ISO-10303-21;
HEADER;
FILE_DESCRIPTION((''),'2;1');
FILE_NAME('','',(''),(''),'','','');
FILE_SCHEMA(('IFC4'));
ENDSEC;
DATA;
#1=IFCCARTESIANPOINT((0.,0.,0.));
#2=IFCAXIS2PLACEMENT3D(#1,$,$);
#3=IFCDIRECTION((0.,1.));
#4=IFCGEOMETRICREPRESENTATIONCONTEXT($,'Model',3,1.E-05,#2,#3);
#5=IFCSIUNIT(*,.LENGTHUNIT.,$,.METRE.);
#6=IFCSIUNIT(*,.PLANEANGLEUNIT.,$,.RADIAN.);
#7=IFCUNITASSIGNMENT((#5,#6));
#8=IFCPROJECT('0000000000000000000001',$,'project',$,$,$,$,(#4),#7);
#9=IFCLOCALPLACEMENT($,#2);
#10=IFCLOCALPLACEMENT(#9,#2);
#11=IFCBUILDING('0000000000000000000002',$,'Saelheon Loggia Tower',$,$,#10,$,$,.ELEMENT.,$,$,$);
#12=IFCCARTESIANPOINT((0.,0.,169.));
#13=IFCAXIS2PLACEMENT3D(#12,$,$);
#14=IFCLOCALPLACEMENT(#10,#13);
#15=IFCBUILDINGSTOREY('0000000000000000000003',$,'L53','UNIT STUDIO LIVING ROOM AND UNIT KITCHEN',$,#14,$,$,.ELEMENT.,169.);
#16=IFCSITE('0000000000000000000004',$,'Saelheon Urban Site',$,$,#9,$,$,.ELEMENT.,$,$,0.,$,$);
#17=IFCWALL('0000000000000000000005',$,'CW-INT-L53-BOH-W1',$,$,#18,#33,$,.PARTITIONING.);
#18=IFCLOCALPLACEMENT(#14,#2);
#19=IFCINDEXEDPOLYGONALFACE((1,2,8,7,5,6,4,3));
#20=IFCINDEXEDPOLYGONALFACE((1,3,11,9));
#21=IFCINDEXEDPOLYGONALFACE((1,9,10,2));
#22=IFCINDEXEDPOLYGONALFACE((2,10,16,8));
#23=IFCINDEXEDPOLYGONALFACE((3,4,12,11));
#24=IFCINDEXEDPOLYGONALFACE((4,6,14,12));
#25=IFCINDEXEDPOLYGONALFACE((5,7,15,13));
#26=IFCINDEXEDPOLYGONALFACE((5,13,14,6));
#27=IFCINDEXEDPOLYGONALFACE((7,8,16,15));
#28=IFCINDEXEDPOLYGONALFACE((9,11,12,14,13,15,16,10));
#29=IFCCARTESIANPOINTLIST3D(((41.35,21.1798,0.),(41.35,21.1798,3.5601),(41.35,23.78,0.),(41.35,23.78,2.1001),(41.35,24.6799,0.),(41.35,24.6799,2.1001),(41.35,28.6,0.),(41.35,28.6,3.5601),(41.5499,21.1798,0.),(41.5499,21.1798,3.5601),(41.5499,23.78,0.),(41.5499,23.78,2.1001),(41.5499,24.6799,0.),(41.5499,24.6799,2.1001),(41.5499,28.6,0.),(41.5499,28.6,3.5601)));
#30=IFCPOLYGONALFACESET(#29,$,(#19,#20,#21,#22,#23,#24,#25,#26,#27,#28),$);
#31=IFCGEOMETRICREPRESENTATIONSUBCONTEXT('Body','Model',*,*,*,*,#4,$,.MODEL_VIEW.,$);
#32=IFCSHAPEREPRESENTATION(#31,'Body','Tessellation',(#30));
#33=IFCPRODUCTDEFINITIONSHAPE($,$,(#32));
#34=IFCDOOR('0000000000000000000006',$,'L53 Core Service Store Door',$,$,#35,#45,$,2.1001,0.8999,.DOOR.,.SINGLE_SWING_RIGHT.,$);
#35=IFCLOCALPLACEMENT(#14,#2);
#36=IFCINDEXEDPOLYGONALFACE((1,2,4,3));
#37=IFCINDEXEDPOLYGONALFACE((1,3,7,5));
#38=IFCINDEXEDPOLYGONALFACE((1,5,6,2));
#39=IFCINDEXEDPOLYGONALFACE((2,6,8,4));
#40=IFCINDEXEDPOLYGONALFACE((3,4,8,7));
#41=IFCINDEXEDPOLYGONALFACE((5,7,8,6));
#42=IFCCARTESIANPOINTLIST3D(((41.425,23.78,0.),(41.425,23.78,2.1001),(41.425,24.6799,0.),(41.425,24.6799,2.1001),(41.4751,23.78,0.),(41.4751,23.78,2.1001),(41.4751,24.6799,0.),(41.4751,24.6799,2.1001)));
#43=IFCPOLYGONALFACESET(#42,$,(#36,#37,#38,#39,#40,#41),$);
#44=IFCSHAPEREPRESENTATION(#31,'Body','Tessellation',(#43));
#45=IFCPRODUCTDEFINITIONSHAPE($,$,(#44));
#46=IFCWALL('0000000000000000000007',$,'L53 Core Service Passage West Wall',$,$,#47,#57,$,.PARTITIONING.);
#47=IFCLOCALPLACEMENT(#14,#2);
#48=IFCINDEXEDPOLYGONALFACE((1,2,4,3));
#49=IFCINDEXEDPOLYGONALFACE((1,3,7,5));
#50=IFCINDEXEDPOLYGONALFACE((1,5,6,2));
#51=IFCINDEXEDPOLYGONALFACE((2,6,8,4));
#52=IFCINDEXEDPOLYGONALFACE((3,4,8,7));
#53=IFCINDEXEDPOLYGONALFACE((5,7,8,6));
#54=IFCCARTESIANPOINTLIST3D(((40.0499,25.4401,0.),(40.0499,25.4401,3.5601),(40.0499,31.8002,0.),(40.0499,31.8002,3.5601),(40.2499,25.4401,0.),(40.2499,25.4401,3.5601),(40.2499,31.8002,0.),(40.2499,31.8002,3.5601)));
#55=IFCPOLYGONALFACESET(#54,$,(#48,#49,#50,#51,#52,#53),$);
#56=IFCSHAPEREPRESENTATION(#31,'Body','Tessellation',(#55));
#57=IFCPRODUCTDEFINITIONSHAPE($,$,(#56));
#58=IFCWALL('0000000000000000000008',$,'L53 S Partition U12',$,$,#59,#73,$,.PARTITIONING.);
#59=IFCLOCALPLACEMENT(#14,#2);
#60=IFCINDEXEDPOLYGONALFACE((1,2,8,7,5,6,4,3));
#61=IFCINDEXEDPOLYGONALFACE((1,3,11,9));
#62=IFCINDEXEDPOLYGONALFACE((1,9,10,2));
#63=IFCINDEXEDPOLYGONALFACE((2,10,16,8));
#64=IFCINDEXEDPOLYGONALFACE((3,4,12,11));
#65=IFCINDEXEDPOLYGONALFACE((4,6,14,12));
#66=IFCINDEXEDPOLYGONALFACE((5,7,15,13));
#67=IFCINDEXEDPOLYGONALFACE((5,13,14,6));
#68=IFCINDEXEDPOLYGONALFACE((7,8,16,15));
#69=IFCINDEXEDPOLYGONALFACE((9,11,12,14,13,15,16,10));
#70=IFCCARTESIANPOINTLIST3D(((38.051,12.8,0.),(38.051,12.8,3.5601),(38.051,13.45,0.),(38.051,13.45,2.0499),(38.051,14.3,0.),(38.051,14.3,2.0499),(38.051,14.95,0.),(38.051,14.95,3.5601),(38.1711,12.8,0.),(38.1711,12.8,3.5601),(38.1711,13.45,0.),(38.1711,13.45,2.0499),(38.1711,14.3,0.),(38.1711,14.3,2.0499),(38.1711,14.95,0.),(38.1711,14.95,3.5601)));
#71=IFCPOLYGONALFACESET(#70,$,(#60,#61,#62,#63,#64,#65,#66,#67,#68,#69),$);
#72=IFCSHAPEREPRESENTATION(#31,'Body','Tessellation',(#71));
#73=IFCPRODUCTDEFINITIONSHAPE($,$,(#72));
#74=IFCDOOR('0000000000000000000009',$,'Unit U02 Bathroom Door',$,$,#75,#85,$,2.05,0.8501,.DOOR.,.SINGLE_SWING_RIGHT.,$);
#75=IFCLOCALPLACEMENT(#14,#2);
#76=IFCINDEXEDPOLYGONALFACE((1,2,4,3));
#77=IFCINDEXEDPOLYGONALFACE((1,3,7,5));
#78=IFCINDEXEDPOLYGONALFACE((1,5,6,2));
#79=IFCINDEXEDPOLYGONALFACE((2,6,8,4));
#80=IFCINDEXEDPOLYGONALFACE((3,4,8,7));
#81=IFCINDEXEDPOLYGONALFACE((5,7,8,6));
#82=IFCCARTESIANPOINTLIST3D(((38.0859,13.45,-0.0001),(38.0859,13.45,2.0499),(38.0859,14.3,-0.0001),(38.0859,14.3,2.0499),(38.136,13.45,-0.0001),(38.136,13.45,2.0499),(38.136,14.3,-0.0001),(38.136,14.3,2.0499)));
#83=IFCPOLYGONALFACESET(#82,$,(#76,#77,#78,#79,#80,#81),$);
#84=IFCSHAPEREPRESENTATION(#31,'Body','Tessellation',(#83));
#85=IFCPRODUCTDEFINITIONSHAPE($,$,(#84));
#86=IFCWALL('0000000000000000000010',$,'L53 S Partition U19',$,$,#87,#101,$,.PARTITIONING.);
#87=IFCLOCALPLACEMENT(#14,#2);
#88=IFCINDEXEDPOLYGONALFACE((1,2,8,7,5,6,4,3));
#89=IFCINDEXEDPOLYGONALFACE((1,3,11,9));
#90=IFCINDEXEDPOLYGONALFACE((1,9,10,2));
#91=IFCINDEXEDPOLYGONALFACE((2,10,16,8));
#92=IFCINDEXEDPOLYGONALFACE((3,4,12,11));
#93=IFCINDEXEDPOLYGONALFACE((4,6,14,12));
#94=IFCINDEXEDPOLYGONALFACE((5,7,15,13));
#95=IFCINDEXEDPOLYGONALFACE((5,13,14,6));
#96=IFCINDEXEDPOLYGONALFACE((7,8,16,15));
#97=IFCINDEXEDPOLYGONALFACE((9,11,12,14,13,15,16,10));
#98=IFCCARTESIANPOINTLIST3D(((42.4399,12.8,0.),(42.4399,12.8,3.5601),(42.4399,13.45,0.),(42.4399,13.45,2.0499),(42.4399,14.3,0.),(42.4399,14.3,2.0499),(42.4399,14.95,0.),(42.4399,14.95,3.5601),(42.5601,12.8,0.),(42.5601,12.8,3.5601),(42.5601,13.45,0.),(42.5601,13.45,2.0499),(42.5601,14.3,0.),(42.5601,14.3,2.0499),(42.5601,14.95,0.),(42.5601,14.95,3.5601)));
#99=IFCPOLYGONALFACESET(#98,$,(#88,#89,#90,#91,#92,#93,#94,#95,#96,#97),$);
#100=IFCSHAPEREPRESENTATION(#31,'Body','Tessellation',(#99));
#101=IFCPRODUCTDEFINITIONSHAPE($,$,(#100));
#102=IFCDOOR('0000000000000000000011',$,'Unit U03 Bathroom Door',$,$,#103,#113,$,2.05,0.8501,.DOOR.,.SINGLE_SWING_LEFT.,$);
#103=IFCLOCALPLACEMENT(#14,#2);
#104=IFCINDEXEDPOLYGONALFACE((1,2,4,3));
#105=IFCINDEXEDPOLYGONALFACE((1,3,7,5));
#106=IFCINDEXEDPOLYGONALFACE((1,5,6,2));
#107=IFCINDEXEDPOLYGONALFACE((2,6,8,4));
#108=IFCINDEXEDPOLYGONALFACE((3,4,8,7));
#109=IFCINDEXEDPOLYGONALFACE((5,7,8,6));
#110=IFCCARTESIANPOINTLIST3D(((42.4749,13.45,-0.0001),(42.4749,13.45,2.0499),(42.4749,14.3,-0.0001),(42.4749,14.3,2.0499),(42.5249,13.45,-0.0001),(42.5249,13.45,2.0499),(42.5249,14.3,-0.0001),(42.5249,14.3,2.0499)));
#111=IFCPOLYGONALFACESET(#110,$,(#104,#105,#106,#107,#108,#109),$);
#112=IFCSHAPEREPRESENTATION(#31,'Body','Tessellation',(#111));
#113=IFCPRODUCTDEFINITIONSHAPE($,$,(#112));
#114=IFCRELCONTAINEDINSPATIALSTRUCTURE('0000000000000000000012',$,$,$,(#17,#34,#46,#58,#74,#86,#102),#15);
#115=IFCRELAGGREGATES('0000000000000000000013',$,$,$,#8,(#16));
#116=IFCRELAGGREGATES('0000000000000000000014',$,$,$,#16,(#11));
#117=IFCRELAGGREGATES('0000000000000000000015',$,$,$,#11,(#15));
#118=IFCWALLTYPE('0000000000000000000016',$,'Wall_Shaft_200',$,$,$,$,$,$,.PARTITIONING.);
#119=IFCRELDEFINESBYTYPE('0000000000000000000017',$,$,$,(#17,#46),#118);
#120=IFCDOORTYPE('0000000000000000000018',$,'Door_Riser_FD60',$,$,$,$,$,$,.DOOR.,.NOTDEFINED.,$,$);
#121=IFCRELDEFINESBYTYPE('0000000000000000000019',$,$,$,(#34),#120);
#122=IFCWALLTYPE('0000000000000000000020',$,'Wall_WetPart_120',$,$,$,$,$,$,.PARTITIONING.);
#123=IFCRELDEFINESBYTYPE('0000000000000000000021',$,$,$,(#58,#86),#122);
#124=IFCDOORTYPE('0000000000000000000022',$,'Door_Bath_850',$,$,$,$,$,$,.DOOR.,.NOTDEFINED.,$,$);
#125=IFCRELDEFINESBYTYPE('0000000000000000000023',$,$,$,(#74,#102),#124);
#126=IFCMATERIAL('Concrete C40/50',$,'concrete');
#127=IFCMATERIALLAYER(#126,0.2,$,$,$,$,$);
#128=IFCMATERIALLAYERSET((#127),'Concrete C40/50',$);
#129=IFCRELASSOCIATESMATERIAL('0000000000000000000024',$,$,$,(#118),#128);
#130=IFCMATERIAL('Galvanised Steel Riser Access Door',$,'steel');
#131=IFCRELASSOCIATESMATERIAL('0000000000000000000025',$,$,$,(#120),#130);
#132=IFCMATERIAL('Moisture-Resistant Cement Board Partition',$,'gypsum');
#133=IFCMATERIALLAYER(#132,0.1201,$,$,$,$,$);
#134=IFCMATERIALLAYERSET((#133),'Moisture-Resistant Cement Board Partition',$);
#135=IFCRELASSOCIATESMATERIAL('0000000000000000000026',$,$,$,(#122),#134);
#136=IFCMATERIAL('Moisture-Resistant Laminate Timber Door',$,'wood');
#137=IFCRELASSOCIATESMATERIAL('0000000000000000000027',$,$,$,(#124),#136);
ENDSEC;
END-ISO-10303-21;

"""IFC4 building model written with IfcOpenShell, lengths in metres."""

from ifc_helpers import new_model, si_unit, direction, frame, frame_2d, origin, place, context, subcontext, project, spatial, rectangle, extrude, source, transform, mapped, material, layer, layer_set, type_object, element, fill, save


model = new_model("IFC4")

# Units and contexts
model_context = context("Model", 3, precision=1e-05, world=origin(), true_north=direction((0.0, 1.0)))
body_context = subcontext(model_context, "Body", "Model", "MODEL_VIEW")
ifc_project = project(units=[si_unit("LENGTHUNIT", "METRE"), si_unit("PLANEANGLEUNIT", "RADIAN")], contexts=[model_context])

# Site, building, storey
site_placement = place(None, origin())
site = spatial("IfcSite", under=ifc_project, at=site_placement, Name="Saelheon Urban Site", CompositionType="ELEMENT", RefElevation=0.0)
building_placement = place(site_placement, origin())
building = spatial("IfcBuilding", under=site, at=building_placement, Name="Saelheon Loggia Tower", CompositionType="ELEMENT")
storey_placement = place(building_placement, frame((0.0, 0.0, 169.0)))
storey = spatial("IfcBuildingStorey", under=building, at=storey_placement, Name="L53", Description="UNIT STUDIO LIVING ROOM AND UNIT KITCHEN", CompositionType="ELEMENT", Elevation=169.0)

# Shared definitions
ifc_material_1 = material(Name="Concrete C40/50", Category="concrete")
ifc_layer_1 = layer(ifc_material_1, 0.2)
ifc_layer_set_1 = layer_set([ifc_layer_1], Name="Concrete C40/50")
wall_type_1 = type_object("IfcWallType", Name="Wall_Shaft_200", PredefinedType="PARTITIONING", material=ifc_layer_set_1)

# Wall, opening, door
wall_1_placement = place(storey_placement, frame((41.45, 21.1799, 0.0), z_axis=(0.0, 0.0, 1.0), x_axis=(0.0, 1.0, 0.0)))
wall_1 = element("IfcWall", 1, at=wall_1_placement, inside=storey, type_object=wall_type_1, Name="CW-INT-L53-BOH-W1", PredefinedType="PARTITIONING", context=body_context, shape_type="SweptSolid", body=[
    extrude(rectangle(XDim=7.4202, YDim=0.2, at=frame_2d((3.71, 0.0))), origin(), (0.0, 0.0, 1.0), 3.5601),
])
opening_1_placement = place(wall_1_placement, frame((2.6001, 0.0, 0.0)))
opening_1 = element("IfcOpeningElement", 2, at=opening_1_placement, cuts=wall_1, PredefinedType="OPENING", context=body_context, shape_type="SweptSolid", body=[
    extrude(rectangle(XDim=0.8999, YDim=2.1001, at=frame_2d((0.45, 1.05))), frame((0.0, 0.1121, 0.0), z_axis=(0.0, -1.0, 0.0), x_axis=(1.0, 0.0, 0.0)), (0.0, 0.0, 1.0), 0.2239),
])
ifc_material_2 = material(Name="Galvanised Steel Riser Access Door", Category="steel")
door_type_1 = type_object("IfcDoorType", Name="Door_Riser_FD60", OperationType="NOTDEFINED", PredefinedType="DOOR", material=ifc_material_2)
shared_shape_1 = source(origin(), body_context, "Body", "SweptSolid", [
    extrude(rectangle(XDim=0.8999, YDim=2.1001, at=frame_2d((0.45, 1.05))), frame((0.0, 0.0249, 0.0), z_axis=(0.0, -1.0, 0.0), x_axis=(1.0, 0.0, 0.0)), (0.0, 0.0, 1.0), 0.05),
])
door_1_placement = place(opening_1_placement, origin())
door_1 = element("IfcDoor", 3, at=door_1_placement, inside=storey, type_object=door_type_1, Name="L53 Core Service Store Door", OperationType="SINGLE_SWING_RIGHT", OverallHeight=2.1001, OverallWidth=0.8999, PredefinedType="DOOR", context=body_context, shape_type="MappedRepresentation", body=[
    mapped(shared_shape_1, transform((0.0, 0.0, 0.0), scale=1.0)),
])
fill(opening_1, door_1)

# Wall
wall_2_placement = place(storey_placement, frame((40.1499, 25.4399, 0.0), z_axis=(0.0, 0.0, 1.0), x_axis=(0.0, 1.0, 0.0)))
element("IfcWall", 4, at=wall_2_placement, inside=storey, type_object=wall_type_1, Name="L53 Core Service Passage West Wall", PredefinedType="PARTITIONING", context=body_context, shape_type="SweptSolid", body=[
    extrude(rectangle(XDim=6.3601, YDim=0.2, at=frame_2d((3.1802, 0.0))), origin(), (0.0, 0.0, 1.0), 3.5601),
])

# Walls, openings, doors
ifc_material_3 = material(Name="Moisture-Resistant Cement Board Partition", Category="gypsum")
ifc_layer_2 = layer(ifc_material_3, 0.1201)
ifc_layer_set_2 = layer_set([ifc_layer_2], Name="Moisture-Resistant Cement Board Partition")
wall_type_2 = type_object("IfcWallType", Name="Wall_WetPart_120", PredefinedType="PARTITIONING", material=ifc_layer_set_2)
wall_3_placement = place(storey_placement, frame((38.1111, 14.95, 0.0), z_axis=(0.0, 0.0, 1.0), x_axis=(0.0, -1.0, 0.0)))
wall_3 = element("IfcWall", 5, at=wall_3_placement, inside=storey, type_object=wall_type_2, Name="L53 S Partition U12", PredefinedType="PARTITIONING", context=body_context, shape_type="SweptSolid", body=[
    extrude(rectangle(XDim=2.1499, YDim=0.1201, at=frame_2d((1.075, 0.0))), origin(), (0.0, 0.0, 1.0), 3.5601),
])
opening_2_placement = place(wall_3_placement, frame((0.6499, 0.0, 0.0)))
opening_2 = element("IfcOpeningElement", 6, at=opening_2_placement, cuts=wall_3, PredefinedType="OPENING", context=body_context, shape_type="SweptSolid", body=[
    extrude(rectangle(XDim=0.8501, YDim=2.05, at=frame_2d((0.425, 1.0249))), frame((0.0, 0.072, 0.0), z_axis=(0.0, -1.0, 0.0), x_axis=(1.0, 0.0, 0.0)), (0.0, 0.0, 1.0), 0.144),
])
ifc_material_4 = material(Name="Moisture-Resistant Laminate Timber Door", Category="wood")
door_type_2 = type_object("IfcDoorType", Name="Door_Bath_850", OperationType="NOTDEFINED", PredefinedType="DOOR", material=ifc_material_4)
shared_shape_2 = source(origin(), body_context, "Body", "SweptSolid", [
    extrude(rectangle(XDim=0.8501, YDim=2.05, at=frame_2d((0.425, 1.0249))), frame((0.0, 0.0249, 0.0), z_axis=(0.0, -1.0, 0.0), x_axis=(1.0, 0.0, 0.0)), (0.0, 0.0, 1.0), 0.05),
])
door_2_placement = place(opening_2_placement, origin())
door_2 = element("IfcDoor", 7, at=door_2_placement, inside=storey, type_object=door_type_2, Name="Unit U02 Bathroom Door", OperationType="SINGLE_SWING_RIGHT", OverallHeight=2.05, OverallWidth=0.8501, PredefinedType="DOOR", context=body_context, shape_type="MappedRepresentation", body=[
    mapped(shared_shape_2, transform((0.0, 0.0, 0.0), scale=1.0)),
])
fill(opening_2, door_2)
wall_4_placement = place(storey_placement, frame((42.5, 14.95, 0.0), z_axis=(0.0, 0.0, 1.0), x_axis=(0.0, -1.0, 0.0)))
wall_4 = element("IfcWall", 8, at=wall_4_placement, inside=storey, type_object=wall_type_2, Name="L53 S Partition U19", PredefinedType="PARTITIONING", context=body_context, shape_type="SweptSolid", body=[
    extrude(rectangle(XDim=2.1499, YDim=0.1201, at=frame_2d((1.075, 0.0))), origin(), (0.0, 0.0, 1.0), 3.5601),
])
opening_3_placement = place(wall_4_placement, frame((0.6499, 0.0, 0.0)))
opening_3 = element("IfcOpeningElement", 9, at=opening_3_placement, cuts=wall_4, PredefinedType="OPENING", context=body_context, shape_type="SweptSolid", body=[
    extrude(rectangle(XDim=0.8501, YDim=2.05, at=frame_2d((0.425, 1.0249))), frame((0.0, 0.072, 0.0), z_axis=(0.0, -1.0, 0.0), x_axis=(1.0, 0.0, 0.0)), (0.0, 0.0, 1.0), 0.144),
])
door_3_placement = place(opening_3_placement, origin())
door_3 = element("IfcDoor", 10, at=door_3_placement, inside=storey, type_object=door_type_2, Name="Unit U03 Bathroom Door", OperationType="SINGLE_SWING_LEFT", OverallHeight=2.05, OverallWidth=0.8501, PredefinedType="DOOR", context=body_context, shape_type="MappedRepresentation", body=[
    mapped(shared_shape_2, transform((0.0, 0.0, 0.0), scale=1.0)),
])
fill(opening_3, door_3)

save(model, "model.ifc")
